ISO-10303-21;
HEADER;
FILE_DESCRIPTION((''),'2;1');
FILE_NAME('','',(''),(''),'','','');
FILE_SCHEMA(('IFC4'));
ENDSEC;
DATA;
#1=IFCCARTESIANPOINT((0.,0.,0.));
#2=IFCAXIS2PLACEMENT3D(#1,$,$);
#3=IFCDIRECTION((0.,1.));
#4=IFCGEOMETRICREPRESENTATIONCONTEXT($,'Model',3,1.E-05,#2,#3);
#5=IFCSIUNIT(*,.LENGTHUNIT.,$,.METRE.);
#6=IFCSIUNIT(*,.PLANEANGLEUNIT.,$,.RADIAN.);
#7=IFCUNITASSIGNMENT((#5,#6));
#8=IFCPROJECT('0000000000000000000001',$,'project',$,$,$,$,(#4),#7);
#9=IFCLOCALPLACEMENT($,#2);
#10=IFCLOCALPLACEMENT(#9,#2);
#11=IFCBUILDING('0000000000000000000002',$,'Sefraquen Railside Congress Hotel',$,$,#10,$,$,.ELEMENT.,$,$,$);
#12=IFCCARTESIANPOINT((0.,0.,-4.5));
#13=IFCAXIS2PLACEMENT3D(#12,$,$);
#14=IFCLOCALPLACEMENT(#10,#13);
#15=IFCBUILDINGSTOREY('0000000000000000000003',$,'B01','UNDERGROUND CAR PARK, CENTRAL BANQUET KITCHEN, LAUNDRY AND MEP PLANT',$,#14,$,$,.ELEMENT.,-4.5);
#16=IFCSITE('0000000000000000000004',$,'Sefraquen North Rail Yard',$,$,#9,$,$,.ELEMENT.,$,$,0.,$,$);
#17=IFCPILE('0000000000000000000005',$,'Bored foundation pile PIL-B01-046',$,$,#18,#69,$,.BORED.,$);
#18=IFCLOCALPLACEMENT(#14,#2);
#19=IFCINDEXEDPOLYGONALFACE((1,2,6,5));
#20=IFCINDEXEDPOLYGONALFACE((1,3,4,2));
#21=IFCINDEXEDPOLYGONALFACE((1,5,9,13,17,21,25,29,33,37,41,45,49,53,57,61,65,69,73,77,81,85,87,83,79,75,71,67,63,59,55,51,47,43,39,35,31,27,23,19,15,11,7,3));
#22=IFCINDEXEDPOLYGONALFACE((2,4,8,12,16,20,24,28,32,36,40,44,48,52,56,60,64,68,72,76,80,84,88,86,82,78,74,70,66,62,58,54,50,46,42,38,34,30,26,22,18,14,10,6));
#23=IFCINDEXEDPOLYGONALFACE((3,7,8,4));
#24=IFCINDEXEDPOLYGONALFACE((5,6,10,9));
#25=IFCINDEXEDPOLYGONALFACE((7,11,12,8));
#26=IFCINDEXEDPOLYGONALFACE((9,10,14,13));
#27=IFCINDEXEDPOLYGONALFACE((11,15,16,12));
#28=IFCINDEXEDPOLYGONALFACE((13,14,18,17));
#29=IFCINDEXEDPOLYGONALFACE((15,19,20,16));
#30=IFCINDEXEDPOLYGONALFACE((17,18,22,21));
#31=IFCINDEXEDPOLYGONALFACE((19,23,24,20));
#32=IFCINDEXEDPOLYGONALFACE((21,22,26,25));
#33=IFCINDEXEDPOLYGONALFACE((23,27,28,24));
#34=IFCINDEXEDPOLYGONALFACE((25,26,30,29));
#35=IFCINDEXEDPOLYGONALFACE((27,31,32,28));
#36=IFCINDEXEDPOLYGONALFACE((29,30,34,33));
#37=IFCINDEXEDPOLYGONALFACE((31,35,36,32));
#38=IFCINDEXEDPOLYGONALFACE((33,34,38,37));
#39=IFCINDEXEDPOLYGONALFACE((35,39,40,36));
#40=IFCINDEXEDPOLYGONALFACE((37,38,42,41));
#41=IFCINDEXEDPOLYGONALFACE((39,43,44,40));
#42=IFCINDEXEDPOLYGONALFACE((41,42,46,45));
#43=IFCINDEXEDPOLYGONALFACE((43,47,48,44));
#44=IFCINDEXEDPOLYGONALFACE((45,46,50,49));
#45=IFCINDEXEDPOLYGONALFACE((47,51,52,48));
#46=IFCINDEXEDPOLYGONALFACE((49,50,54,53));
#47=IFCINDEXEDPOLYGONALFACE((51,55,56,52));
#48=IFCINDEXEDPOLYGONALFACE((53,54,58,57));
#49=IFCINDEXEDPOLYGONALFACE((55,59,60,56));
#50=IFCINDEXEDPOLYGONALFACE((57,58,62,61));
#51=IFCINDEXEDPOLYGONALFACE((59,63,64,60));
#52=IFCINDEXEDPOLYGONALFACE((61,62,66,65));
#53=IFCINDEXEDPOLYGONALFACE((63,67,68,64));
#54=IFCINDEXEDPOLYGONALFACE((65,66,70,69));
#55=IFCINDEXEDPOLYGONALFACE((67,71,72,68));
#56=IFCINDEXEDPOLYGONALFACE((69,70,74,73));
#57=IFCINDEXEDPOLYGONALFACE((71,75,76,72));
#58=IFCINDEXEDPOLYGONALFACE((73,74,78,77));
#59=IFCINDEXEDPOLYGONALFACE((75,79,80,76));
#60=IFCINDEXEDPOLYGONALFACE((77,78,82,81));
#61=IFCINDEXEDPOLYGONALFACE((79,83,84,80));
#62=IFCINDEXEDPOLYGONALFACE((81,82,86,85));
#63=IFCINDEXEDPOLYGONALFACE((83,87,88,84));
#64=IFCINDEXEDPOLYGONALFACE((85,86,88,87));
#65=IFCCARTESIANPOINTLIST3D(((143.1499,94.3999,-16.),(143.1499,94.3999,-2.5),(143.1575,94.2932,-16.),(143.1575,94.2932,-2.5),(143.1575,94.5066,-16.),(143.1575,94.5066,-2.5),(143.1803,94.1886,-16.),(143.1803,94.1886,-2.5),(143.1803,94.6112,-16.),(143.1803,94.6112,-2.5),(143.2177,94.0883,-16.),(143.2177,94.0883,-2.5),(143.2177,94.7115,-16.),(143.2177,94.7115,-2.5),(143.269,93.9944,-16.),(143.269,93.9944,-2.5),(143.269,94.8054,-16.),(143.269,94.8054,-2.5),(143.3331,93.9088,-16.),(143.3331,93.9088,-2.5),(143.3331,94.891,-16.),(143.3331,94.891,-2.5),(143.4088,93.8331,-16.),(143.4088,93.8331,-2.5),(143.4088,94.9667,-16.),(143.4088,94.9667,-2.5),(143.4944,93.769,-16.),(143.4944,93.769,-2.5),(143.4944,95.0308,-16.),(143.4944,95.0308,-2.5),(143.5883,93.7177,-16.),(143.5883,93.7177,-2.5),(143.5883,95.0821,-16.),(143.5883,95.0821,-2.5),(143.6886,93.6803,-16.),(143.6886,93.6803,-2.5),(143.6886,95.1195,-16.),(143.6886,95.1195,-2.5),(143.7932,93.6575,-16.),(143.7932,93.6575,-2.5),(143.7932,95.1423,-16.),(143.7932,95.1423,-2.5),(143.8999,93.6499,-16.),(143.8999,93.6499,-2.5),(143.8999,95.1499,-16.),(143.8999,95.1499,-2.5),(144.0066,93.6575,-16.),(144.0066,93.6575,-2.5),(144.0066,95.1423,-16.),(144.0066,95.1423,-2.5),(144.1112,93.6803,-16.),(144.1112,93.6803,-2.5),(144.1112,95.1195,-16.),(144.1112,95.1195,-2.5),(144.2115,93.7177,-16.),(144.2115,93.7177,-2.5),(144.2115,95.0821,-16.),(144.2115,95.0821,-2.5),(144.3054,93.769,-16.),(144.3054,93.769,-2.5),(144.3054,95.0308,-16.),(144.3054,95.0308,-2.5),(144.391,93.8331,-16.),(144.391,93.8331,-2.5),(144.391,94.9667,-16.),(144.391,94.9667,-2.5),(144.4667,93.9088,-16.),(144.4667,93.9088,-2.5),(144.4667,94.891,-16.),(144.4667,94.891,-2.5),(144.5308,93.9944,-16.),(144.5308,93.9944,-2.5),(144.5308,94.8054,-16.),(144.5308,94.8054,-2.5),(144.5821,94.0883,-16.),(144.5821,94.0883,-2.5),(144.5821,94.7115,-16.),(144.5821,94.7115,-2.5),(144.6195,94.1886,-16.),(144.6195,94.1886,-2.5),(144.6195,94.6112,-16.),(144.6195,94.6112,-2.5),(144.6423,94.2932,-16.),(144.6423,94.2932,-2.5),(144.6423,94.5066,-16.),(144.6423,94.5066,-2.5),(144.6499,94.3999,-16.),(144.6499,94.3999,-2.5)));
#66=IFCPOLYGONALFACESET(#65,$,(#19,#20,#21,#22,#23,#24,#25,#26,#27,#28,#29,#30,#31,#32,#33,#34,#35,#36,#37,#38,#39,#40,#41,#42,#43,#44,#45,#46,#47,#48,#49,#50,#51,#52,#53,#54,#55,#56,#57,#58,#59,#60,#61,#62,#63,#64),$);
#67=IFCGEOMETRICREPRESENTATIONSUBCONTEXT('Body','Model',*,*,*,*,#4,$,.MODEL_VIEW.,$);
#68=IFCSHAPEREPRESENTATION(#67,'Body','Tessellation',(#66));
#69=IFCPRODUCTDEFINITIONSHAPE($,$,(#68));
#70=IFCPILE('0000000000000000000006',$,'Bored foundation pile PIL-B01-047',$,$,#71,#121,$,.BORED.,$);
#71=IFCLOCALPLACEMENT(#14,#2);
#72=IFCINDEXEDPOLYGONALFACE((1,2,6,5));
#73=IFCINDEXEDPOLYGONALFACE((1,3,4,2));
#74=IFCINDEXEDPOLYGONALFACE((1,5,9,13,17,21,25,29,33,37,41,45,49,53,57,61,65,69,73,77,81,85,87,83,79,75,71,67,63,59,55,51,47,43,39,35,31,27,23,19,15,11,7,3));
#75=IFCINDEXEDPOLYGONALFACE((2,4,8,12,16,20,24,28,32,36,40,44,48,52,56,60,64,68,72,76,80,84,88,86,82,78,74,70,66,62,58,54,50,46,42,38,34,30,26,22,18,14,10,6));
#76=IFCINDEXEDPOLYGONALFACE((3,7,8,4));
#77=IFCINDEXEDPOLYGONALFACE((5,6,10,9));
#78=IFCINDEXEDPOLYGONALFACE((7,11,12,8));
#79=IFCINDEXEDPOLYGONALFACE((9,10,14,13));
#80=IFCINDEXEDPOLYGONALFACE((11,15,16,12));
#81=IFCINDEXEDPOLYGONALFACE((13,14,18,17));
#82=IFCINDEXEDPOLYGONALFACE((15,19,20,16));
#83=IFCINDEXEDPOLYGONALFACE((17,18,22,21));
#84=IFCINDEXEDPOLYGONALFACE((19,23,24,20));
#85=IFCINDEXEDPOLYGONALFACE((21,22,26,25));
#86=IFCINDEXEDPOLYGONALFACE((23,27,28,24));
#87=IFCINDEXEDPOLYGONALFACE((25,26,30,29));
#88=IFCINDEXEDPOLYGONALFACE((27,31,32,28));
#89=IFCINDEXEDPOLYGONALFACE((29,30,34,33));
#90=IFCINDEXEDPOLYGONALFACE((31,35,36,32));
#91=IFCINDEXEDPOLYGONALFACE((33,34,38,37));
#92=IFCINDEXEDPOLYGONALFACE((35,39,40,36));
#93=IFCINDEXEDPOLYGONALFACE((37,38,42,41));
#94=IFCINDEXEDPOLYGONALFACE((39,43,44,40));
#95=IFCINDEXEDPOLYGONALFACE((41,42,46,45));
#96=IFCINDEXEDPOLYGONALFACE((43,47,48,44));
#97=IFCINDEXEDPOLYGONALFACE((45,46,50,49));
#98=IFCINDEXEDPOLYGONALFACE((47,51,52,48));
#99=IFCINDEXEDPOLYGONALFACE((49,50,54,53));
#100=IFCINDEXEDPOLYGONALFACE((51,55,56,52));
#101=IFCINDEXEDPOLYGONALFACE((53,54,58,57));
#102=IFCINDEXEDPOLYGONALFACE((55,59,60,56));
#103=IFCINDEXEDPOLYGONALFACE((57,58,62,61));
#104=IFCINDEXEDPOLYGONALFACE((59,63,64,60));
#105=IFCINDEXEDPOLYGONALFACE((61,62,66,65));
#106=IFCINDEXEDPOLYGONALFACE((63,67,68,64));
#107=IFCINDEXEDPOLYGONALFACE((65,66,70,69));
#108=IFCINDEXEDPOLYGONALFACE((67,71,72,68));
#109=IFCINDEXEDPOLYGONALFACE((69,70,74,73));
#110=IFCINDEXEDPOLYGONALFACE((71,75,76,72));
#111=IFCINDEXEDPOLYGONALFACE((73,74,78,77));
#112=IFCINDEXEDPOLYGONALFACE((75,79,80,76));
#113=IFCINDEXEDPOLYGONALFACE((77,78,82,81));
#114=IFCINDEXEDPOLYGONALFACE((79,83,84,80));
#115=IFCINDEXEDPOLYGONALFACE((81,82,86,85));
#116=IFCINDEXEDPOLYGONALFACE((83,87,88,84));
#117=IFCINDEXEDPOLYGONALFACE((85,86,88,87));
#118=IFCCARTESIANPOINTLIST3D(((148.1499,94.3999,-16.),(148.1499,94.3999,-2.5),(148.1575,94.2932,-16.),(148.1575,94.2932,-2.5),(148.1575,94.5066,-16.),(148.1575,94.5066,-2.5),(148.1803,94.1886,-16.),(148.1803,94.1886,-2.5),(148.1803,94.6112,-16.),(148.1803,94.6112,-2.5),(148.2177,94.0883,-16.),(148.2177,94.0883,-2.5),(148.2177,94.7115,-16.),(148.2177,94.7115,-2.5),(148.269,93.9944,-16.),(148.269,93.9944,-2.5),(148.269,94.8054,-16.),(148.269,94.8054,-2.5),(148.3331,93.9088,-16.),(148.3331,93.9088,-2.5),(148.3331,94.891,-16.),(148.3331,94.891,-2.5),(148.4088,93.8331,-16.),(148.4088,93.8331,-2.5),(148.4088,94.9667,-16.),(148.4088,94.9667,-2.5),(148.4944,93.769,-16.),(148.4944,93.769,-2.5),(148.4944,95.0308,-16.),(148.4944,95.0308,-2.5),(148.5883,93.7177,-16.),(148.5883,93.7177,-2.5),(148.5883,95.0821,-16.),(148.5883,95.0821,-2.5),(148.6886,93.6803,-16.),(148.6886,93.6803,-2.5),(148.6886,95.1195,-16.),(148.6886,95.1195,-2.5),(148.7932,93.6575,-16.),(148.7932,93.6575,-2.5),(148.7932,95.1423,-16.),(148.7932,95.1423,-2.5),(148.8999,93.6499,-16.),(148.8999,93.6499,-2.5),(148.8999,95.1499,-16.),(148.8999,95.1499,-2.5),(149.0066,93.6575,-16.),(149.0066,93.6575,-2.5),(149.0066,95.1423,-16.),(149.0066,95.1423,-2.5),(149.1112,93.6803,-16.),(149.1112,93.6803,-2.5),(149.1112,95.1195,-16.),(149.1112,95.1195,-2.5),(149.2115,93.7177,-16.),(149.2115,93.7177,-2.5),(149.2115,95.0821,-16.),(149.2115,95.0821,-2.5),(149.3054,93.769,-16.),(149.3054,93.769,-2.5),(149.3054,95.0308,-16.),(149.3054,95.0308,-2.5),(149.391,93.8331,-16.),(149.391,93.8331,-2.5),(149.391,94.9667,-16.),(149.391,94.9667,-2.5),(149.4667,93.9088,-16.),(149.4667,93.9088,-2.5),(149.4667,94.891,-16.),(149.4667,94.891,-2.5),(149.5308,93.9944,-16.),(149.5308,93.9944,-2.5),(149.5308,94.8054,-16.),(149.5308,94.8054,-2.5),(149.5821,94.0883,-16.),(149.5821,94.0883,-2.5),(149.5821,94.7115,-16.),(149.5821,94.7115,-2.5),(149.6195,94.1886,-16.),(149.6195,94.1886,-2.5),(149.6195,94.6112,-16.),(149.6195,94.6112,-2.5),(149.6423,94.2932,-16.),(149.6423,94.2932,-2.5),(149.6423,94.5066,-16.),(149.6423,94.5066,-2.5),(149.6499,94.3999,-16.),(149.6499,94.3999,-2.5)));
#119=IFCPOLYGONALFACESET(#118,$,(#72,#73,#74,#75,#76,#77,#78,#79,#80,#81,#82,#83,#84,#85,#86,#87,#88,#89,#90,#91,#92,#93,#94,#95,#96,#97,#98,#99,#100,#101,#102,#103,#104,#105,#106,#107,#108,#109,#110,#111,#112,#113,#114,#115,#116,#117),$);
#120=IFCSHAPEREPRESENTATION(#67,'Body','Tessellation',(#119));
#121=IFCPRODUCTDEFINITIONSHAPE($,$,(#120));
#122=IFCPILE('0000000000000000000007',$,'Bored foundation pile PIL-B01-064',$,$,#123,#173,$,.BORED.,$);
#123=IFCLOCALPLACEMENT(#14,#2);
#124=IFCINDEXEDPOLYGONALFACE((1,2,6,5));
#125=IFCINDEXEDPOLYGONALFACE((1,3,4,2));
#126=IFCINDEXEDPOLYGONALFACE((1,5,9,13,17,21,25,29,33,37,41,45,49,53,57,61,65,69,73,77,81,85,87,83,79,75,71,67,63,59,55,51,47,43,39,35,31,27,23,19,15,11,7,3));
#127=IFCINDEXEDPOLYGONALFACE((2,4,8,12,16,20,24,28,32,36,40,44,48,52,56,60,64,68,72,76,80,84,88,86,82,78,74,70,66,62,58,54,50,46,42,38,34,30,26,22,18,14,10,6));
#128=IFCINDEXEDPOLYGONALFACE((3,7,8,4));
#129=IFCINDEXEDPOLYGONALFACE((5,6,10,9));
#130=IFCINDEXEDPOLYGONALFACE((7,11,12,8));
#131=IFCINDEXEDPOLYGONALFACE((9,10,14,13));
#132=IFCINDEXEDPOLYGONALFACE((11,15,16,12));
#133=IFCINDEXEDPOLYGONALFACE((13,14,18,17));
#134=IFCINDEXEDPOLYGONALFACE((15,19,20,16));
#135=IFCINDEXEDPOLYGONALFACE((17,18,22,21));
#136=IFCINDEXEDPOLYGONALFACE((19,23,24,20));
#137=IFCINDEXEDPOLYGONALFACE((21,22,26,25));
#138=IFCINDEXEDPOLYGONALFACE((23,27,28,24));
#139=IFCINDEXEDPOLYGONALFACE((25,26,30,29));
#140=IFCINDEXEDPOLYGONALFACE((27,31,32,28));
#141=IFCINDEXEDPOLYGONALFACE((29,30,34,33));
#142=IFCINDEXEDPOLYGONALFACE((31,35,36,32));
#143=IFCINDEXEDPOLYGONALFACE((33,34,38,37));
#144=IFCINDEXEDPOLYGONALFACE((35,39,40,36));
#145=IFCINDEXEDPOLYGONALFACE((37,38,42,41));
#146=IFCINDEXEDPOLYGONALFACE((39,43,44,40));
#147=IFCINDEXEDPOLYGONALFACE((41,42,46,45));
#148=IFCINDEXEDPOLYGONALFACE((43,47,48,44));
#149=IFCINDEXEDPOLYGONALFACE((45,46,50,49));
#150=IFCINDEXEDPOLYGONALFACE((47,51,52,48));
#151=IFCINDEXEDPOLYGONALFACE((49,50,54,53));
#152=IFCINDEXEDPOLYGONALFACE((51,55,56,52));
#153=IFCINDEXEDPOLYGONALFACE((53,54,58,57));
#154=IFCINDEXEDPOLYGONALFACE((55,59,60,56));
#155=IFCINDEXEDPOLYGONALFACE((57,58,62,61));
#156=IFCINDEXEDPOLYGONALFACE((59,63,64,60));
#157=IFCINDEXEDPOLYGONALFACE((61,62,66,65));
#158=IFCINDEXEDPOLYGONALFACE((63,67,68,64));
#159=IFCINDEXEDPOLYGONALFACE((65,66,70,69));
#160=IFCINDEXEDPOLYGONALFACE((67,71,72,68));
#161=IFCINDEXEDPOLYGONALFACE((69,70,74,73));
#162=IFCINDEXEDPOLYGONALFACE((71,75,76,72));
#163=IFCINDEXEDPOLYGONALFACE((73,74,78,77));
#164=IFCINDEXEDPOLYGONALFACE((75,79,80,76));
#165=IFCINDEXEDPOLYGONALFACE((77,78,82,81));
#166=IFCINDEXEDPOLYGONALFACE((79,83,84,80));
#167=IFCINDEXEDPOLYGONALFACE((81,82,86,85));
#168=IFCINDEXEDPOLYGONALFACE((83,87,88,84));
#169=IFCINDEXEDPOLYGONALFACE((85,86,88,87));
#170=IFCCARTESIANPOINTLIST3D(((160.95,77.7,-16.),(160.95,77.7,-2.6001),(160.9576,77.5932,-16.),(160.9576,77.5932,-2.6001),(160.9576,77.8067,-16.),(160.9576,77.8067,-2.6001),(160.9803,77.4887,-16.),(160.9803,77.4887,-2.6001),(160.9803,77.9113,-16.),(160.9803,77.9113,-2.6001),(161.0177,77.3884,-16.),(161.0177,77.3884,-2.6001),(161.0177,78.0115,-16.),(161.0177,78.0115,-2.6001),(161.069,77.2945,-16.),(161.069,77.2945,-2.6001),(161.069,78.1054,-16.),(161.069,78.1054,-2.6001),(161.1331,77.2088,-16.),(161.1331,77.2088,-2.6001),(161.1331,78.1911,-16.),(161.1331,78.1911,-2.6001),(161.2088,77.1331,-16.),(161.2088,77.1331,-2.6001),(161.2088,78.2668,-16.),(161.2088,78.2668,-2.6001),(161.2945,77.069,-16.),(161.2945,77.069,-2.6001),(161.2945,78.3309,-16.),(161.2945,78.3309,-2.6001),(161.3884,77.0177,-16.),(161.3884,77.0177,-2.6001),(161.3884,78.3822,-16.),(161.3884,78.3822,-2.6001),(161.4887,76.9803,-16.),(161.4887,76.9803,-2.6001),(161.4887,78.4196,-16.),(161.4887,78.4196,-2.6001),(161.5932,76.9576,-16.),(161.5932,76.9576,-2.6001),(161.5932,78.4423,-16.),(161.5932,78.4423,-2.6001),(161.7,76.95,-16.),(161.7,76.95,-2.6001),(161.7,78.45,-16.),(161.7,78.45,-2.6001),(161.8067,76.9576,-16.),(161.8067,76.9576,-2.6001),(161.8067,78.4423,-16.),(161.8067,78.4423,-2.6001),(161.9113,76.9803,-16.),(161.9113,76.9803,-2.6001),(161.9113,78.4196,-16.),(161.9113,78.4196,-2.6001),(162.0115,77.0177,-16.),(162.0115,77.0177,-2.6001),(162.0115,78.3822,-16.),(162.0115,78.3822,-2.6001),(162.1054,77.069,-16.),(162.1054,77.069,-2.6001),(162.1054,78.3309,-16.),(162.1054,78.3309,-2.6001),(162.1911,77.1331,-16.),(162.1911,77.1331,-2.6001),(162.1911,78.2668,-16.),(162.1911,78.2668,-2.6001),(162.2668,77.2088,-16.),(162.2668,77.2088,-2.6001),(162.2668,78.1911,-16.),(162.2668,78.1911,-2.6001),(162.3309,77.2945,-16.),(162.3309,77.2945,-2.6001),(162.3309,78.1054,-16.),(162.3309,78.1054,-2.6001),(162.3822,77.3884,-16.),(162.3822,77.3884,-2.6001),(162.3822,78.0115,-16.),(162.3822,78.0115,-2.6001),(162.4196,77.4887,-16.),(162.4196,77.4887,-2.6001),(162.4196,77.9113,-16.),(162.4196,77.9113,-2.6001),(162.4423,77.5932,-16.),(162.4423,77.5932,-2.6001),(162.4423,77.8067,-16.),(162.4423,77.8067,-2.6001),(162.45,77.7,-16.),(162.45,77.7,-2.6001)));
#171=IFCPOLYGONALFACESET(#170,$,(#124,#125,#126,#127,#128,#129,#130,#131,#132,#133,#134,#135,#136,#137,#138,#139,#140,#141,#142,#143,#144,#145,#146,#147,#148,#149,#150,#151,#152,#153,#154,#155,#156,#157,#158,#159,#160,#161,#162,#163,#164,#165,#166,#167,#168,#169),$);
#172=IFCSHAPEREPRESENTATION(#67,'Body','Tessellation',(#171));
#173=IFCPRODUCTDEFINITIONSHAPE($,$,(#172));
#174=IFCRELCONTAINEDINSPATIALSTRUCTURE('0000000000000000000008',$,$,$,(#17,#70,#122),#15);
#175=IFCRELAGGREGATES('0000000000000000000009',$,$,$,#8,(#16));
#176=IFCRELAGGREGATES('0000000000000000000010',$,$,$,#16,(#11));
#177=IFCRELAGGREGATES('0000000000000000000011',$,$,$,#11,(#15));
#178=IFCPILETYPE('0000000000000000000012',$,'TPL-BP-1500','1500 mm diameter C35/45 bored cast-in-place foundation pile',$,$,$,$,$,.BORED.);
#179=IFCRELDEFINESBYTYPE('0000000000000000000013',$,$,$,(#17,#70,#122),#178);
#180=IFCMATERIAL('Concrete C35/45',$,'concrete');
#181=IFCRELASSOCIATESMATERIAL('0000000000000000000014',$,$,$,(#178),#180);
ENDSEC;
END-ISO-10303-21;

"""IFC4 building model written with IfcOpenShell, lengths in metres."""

from ifc_helpers import new_model, si_unit, direction, frame, origin, origin_2d, place, context, subcontext, project, spatial, circle, extrude, material, material_profile, profile_set, type_object, element, save


model = new_model("IFC4")

# Units and contexts
model_context = context("Model", 3, precision=1e-05, world=origin(), true_north=direction((0.0, 1.0)))
body_context = subcontext(model_context, "Body", "Model", "MODEL_VIEW")
ifc_project = project(units=[si_unit("LENGTHUNIT", "METRE"), si_unit("PLANEANGLEUNIT", "RADIAN")], contexts=[model_context])

# Site, building, storey
site_placement = place(None, origin())
site = spatial("IfcSite", under=ifc_project, at=site_placement, Name="Sefraquen North Rail Yard", CompositionType="ELEMENT", RefElevation=0.0)
building_placement = place(site_placement, origin())
building = spatial("IfcBuilding", under=site, at=building_placement, Name="Sefraquen Railside Congress Hotel", CompositionType="ELEMENT")
storey_placement = place(building_placement, frame((0.0, 0.0, -4.5)))
storey = spatial("IfcBuildingStorey", under=building, at=storey_placement, Name="B01", Description="UNDERGROUND CAR PARK, CENTRAL BANQUET KITCHEN, LAUNDRY AND MEP PLANT", CompositionType="ELEMENT", Elevation=-4.5)

# Piles
ifc_material_1 = material(Name="Concrete C35/45", Category="concrete")
ifc_material_profile_1 = material_profile(ifc_material_1, circle(Radius=0.75, at=origin_2d()), Name="BORED PILE 1500")
ifc_profile_set_1 = profile_set([ifc_material_profile_1], Name="Concrete C35/45")
pile_type_1 = type_object("IfcPileType", Name="TPL-BP-1500", Description="1500 mm diameter C35/45 bored cast-in-place foundation pile", PredefinedType="BORED", material=ifc_profile_set_1)
for number, where, z_axis, x_axis, name in (
    (1, (143.8999, 94.3999, -2.5), (0.0, 0.0, -1.0), (1.0, 0.0, 0.0), "Bored foundation pile PIL-B01-046"),
    (2, (148.8999, 94.3999, -2.5), (0.0, 0.0, -1.0), (1.0, 0.0, 0.0), "Bored foundation pile PIL-B01-047"),
):
    element("IfcPile", number, at=place(storey_placement, frame(where, z_axis=z_axis, x_axis=x_axis)), inside=storey, type_object=pile_type_1, Name=name, PredefinedType="BORED", context=body_context, shape_type="SweptSolid", body=[
        extrude(circle(Radius=0.75, at=origin_2d()), origin(), (0.0, 0.0, 1.0), 13.5),
    ])
pile_1_placement = place(storey_placement, frame((161.7, 77.7, -2.6001), z_axis=(0.0, 0.0, -1.0), x_axis=(1.0, 0.0, 0.0)))
element("IfcPile", 3, at=pile_1_placement, inside=storey, type_object=pile_type_1, Name="Bored foundation pile PIL-B01-064", PredefinedType="BORED", context=body_context, shape_type="SweptSolid", body=[
    extrude(circle(Radius=0.75, at=origin_2d()), origin(), (0.0, 0.0, 1.0), 13.3999),
])

save(model, "model.ifc")
